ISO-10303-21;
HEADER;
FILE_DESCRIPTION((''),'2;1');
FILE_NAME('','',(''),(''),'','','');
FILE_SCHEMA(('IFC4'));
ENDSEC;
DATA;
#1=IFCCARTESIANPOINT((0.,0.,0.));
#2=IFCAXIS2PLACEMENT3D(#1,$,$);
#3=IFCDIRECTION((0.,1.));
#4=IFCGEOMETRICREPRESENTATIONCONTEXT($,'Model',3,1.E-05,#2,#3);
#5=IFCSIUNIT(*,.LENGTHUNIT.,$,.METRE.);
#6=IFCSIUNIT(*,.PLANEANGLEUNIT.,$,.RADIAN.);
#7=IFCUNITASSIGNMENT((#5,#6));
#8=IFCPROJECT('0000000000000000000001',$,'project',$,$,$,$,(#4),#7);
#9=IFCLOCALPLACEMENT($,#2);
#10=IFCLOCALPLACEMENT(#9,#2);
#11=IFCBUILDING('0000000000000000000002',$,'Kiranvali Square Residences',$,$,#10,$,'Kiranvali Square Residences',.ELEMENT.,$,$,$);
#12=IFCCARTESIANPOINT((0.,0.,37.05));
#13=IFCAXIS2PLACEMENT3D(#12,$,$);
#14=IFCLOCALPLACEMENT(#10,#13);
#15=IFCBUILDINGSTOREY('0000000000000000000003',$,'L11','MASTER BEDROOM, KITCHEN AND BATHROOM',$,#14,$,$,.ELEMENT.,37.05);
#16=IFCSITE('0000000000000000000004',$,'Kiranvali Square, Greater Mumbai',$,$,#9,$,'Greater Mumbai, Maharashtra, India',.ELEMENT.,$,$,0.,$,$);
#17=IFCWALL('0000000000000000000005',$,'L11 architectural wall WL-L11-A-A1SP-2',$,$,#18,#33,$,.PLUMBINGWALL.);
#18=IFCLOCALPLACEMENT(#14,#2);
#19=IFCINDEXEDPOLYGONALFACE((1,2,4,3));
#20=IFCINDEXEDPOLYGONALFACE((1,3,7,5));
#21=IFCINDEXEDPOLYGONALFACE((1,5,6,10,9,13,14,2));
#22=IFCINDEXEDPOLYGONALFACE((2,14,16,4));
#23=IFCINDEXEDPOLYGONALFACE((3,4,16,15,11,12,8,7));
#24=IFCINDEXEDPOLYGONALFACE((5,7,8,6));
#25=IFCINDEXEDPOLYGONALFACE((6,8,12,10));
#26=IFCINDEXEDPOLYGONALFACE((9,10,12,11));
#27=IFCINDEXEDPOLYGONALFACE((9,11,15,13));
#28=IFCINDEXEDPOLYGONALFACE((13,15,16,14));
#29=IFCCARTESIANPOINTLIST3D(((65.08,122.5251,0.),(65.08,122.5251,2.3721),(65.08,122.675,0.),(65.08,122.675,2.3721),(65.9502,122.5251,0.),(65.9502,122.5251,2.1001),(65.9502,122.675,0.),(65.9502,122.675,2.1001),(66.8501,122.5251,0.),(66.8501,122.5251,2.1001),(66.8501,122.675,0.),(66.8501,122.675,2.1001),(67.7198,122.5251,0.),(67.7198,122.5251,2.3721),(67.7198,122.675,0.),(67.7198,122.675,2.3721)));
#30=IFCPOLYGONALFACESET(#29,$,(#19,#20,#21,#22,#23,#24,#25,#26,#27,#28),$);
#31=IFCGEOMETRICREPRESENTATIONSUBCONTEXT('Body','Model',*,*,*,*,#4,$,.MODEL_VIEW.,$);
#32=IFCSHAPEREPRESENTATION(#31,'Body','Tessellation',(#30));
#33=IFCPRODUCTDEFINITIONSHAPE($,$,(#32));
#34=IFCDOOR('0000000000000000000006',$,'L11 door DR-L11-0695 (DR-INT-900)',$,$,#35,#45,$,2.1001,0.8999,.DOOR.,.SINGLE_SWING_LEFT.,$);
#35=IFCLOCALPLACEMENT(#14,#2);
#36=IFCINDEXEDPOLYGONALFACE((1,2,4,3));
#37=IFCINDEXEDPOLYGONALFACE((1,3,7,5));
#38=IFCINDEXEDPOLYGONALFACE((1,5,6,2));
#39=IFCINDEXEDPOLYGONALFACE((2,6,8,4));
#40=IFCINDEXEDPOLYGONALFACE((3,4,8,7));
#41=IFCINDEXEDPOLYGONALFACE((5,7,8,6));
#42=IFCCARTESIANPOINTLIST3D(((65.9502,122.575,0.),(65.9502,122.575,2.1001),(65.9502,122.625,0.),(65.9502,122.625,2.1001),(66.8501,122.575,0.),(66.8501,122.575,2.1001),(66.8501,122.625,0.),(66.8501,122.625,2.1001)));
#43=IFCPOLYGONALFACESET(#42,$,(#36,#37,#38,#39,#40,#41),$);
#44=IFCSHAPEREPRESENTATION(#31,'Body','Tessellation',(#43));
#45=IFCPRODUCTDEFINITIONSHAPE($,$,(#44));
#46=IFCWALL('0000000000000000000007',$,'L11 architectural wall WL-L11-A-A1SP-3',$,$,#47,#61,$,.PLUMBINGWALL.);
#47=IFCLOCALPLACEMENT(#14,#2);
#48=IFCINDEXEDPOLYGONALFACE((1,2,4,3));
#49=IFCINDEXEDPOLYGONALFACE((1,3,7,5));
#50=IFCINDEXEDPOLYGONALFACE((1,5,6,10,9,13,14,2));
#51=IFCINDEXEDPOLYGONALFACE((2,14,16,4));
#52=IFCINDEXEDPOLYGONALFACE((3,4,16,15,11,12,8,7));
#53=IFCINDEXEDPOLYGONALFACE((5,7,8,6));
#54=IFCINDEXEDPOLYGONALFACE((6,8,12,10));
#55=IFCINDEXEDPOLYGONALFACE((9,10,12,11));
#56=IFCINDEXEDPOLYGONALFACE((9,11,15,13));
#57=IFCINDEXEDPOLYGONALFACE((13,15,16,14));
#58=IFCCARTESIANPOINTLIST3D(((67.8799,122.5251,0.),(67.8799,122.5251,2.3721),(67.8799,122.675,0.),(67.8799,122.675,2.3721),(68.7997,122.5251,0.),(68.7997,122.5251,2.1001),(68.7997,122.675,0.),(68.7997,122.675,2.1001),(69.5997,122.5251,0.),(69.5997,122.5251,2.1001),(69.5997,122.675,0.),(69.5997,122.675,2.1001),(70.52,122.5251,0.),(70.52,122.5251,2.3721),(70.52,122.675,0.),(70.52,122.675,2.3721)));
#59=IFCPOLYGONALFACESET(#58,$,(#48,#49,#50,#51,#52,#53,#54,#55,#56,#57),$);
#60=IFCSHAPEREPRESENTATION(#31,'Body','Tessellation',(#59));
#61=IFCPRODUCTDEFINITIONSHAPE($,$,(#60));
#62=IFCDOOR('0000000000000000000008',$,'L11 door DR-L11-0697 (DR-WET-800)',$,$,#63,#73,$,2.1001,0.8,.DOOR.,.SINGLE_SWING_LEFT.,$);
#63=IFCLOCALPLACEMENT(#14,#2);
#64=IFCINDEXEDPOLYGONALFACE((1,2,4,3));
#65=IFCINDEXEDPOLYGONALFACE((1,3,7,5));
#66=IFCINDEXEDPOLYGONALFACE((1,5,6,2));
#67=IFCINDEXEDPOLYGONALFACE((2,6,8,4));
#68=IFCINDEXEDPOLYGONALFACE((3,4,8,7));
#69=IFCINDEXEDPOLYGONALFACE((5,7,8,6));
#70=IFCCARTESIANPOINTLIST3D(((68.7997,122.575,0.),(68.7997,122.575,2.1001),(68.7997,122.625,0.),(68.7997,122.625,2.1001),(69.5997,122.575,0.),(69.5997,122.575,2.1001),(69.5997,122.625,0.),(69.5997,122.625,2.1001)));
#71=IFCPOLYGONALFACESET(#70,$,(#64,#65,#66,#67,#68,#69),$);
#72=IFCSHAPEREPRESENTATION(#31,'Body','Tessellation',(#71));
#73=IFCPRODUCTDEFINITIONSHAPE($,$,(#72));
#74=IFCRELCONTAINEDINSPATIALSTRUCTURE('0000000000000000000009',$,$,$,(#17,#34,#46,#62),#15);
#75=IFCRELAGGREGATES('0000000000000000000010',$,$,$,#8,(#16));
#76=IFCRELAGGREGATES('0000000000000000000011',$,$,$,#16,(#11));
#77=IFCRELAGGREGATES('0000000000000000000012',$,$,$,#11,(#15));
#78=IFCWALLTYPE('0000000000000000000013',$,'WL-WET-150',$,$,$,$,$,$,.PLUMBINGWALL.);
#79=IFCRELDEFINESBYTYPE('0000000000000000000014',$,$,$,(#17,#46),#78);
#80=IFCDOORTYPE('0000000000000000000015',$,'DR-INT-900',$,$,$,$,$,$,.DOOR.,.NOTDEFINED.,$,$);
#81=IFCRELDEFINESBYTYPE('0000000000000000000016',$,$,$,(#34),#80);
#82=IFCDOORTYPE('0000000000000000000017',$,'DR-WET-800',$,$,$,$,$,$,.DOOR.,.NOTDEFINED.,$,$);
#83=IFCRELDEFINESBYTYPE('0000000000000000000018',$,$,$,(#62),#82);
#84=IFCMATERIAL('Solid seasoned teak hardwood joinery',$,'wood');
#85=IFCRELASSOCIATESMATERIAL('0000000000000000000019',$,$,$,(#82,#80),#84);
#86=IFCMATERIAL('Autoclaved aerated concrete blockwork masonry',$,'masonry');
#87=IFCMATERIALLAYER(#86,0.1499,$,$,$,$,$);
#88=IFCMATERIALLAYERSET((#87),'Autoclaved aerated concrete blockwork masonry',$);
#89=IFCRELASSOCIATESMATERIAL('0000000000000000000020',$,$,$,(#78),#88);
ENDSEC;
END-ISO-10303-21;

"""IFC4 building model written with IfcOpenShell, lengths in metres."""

from ifc_helpers import new_model, si_unit, direction, frame, frame_2d, origin, place, context, subcontext, project, spatial, rectangle, extrude, material, layer, layer_set, type_object, element, fill, save


model = new_model("IFC4")

# Units and contexts
model_context = context("Model", 3, precision=1e-05, world=origin(), true_north=direction((0.0, 1.0)))
body_context = subcontext(model_context, "Body", "Model", "MODEL_VIEW")
ifc_project = project(units=[si_unit("LENGTHUNIT", "METRE"), si_unit("PLANEANGLEUNIT", "RADIAN")], contexts=[model_context])

# Site, building, storey
site_placement = place(None, origin())
site = spatial("IfcSite", under=ifc_project, at=site_placement, Name="Kiranvali Square, Greater Mumbai", LongName="Greater Mumbai, Maharashtra, India", CompositionType="ELEMENT", RefElevation=0.0)
building_placement = place(site_placement, origin())
building = spatial("IfcBuilding", under=site, at=building_placement, Name="Kiranvali Square Residences", LongName="Kiranvali Square Residences", CompositionType="ELEMENT")
storey_placement = place(building_placement, frame((0.0, 0.0, 37.05)))
storey = spatial("IfcBuildingStorey", under=building, at=storey_placement, Name="L11", Description="MASTER BEDROOM, KITCHEN AND BATHROOM", CompositionType="ELEMENT", Elevation=37.05)

# Shared definitions
ifc_material_1 = material(Name="Autoclaved aerated concrete blockwork masonry", Category="masonry")

# Walls, openings, doors
ifc_material_2 = material(Name="Solid seasoned teak hardwood joinery", Category="wood")
door_type_1 = type_object("IfcDoorType", Name="DR-WET-800", OperationType="NOTDEFINED", PredefinedType="DOOR", material=ifc_material_2)
ifc_layer_1 = layer(ifc_material_1, 0.1499)
ifc_layer_set_1 = layer_set([ifc_layer_1], Name="Autoclaved aerated concrete blockwork masonry")
wall_type_1 = type_object("IfcWallType", Name="WL-WET-150", PredefinedType="PLUMBINGWALL", material=ifc_layer_set_1)
wall_1_placement = place(storey_placement, frame((65.0801, 122.6001, 0.0), z_axis=(0.0, 0.0, 1.0), x_axis=(1.0, 0.0, 0.0)))
wall_1 = element("IfcWall", 1, at=wall_1_placement, inside=storey, type_object=wall_type_1, Name="L11 architectural wall WL-L11-A-A1SP-2", PredefinedType="PLUMBINGWALL", context=body_context, shape_type="SweptSolid", body=[
    extrude(rectangle(XDim=2.6399, YDim=0.1499, at=frame_2d((1.3198, 0.0))), origin(), (0.0, 0.0, 1.0), 2.3721),
])
opening_1_placement = place(wall_1_placement, frame((0.8701, 0.0, 0.0)))
opening_1 = element("IfcOpeningElement", 2, at=opening_1_placement, cuts=wall_1, PredefinedType="OPENING", context=body_context, shape_type="SweptSolid", body=[
    extrude(rectangle(XDim=0.8999, YDim=2.1001, at=frame_2d((0.45, 1.05))), frame((0.0, 0.085, 0.0), z_axis=(0.0, -1.0, 0.0), x_axis=(1.0, 0.0, 0.0)), (0.0, 0.0, 1.0), 0.1699),
])
door_type_2 = type_object("IfcDoorType", Name="DR-INT-900", OperationType="NOTDEFINED", PredefinedType="DOOR", material=ifc_material_2)
door_1_placement = place(opening_1_placement, origin())
door_1 = element("IfcDoor", 3, at=door_1_placement, inside=storey, type_object=door_type_2, Name="L11 door DR-L11-0695 (DR-INT-900)", OperationType="SINGLE_SWING_LEFT", OverallHeight=2.1001, OverallWidth=0.8999, PredefinedType="DOOR", context=body_context, shape_type="SweptSolid", body=[
    extrude(rectangle(XDim=0.8999, YDim=2.1001, at=frame_2d((0.45, 1.05))), frame((0.0, 0.0249, 0.0), z_axis=(0.0, -1.0, 0.0), x_axis=(1.0, 0.0, 0.0)), (0.0, 0.0, 1.0), 0.05),
])
fill(opening_1, door_1)
wall_2_placement = place(storey_placement, frame((67.8799, 122.6001, 0.0), z_axis=(0.0, 0.0, 1.0), x_axis=(1.0, 0.0, 0.0)))
wall_2 = element("IfcWall", 4, at=wall_2_placement, inside=storey, type_object=wall_type_1, Name="L11 architectural wall WL-L11-A-A1SP-3", PredefinedType="PLUMBINGWALL", context=body_context, shape_type="SweptSolid", body=[
    extrude(rectangle(XDim=2.6401, YDim=0.1499, at=frame_2d((1.3201, 0.0))), origin(), (0.0, 0.0, 1.0), 2.3721),
])
opening_2_placement = place(wall_2_placement, frame((0.9199, 0.0, 0.0)))
opening_2 = element("IfcOpeningElement", 5, at=opening_2_placement, cuts=wall_2, PredefinedType="OPENING", context=body_context, shape_type="SweptSolid", body=[
    extrude(rectangle(XDim=0.8, YDim=2.1001, at=frame_2d((0.3999, 1.05))), frame((0.0, 0.085, 0.0), z_axis=(0.0, -1.0, 0.0), x_axis=(1.0, 0.0, 0.0)), (0.0, 0.0, 1.0), 0.1699),
])
door_2_placement = place(opening_2_placement, origin())
door_2 = element("IfcDoor", 6, at=door_2_placement, inside=storey, type_object=door_type_1, Name="L11 door DR-L11-0697 (DR-WET-800)", OperationType="SINGLE_SWING_LEFT", OverallHeight=2.1001, OverallWidth=0.8, PredefinedType="DOOR", context=body_context, shape_type="SweptSolid", body=[
    extrude(rectangle(XDim=0.8, YDim=2.1001, at=frame_2d((0.3999, 1.05))), frame((0.0, 0.0249, 0.0), z_axis=(0.0, -1.0, 0.0), x_axis=(1.0, 0.0, 0.0)), (0.0, 0.0, 1.0), 0.05),
])
fill(opening_2, door_2)

save(model, "model.ifc")
